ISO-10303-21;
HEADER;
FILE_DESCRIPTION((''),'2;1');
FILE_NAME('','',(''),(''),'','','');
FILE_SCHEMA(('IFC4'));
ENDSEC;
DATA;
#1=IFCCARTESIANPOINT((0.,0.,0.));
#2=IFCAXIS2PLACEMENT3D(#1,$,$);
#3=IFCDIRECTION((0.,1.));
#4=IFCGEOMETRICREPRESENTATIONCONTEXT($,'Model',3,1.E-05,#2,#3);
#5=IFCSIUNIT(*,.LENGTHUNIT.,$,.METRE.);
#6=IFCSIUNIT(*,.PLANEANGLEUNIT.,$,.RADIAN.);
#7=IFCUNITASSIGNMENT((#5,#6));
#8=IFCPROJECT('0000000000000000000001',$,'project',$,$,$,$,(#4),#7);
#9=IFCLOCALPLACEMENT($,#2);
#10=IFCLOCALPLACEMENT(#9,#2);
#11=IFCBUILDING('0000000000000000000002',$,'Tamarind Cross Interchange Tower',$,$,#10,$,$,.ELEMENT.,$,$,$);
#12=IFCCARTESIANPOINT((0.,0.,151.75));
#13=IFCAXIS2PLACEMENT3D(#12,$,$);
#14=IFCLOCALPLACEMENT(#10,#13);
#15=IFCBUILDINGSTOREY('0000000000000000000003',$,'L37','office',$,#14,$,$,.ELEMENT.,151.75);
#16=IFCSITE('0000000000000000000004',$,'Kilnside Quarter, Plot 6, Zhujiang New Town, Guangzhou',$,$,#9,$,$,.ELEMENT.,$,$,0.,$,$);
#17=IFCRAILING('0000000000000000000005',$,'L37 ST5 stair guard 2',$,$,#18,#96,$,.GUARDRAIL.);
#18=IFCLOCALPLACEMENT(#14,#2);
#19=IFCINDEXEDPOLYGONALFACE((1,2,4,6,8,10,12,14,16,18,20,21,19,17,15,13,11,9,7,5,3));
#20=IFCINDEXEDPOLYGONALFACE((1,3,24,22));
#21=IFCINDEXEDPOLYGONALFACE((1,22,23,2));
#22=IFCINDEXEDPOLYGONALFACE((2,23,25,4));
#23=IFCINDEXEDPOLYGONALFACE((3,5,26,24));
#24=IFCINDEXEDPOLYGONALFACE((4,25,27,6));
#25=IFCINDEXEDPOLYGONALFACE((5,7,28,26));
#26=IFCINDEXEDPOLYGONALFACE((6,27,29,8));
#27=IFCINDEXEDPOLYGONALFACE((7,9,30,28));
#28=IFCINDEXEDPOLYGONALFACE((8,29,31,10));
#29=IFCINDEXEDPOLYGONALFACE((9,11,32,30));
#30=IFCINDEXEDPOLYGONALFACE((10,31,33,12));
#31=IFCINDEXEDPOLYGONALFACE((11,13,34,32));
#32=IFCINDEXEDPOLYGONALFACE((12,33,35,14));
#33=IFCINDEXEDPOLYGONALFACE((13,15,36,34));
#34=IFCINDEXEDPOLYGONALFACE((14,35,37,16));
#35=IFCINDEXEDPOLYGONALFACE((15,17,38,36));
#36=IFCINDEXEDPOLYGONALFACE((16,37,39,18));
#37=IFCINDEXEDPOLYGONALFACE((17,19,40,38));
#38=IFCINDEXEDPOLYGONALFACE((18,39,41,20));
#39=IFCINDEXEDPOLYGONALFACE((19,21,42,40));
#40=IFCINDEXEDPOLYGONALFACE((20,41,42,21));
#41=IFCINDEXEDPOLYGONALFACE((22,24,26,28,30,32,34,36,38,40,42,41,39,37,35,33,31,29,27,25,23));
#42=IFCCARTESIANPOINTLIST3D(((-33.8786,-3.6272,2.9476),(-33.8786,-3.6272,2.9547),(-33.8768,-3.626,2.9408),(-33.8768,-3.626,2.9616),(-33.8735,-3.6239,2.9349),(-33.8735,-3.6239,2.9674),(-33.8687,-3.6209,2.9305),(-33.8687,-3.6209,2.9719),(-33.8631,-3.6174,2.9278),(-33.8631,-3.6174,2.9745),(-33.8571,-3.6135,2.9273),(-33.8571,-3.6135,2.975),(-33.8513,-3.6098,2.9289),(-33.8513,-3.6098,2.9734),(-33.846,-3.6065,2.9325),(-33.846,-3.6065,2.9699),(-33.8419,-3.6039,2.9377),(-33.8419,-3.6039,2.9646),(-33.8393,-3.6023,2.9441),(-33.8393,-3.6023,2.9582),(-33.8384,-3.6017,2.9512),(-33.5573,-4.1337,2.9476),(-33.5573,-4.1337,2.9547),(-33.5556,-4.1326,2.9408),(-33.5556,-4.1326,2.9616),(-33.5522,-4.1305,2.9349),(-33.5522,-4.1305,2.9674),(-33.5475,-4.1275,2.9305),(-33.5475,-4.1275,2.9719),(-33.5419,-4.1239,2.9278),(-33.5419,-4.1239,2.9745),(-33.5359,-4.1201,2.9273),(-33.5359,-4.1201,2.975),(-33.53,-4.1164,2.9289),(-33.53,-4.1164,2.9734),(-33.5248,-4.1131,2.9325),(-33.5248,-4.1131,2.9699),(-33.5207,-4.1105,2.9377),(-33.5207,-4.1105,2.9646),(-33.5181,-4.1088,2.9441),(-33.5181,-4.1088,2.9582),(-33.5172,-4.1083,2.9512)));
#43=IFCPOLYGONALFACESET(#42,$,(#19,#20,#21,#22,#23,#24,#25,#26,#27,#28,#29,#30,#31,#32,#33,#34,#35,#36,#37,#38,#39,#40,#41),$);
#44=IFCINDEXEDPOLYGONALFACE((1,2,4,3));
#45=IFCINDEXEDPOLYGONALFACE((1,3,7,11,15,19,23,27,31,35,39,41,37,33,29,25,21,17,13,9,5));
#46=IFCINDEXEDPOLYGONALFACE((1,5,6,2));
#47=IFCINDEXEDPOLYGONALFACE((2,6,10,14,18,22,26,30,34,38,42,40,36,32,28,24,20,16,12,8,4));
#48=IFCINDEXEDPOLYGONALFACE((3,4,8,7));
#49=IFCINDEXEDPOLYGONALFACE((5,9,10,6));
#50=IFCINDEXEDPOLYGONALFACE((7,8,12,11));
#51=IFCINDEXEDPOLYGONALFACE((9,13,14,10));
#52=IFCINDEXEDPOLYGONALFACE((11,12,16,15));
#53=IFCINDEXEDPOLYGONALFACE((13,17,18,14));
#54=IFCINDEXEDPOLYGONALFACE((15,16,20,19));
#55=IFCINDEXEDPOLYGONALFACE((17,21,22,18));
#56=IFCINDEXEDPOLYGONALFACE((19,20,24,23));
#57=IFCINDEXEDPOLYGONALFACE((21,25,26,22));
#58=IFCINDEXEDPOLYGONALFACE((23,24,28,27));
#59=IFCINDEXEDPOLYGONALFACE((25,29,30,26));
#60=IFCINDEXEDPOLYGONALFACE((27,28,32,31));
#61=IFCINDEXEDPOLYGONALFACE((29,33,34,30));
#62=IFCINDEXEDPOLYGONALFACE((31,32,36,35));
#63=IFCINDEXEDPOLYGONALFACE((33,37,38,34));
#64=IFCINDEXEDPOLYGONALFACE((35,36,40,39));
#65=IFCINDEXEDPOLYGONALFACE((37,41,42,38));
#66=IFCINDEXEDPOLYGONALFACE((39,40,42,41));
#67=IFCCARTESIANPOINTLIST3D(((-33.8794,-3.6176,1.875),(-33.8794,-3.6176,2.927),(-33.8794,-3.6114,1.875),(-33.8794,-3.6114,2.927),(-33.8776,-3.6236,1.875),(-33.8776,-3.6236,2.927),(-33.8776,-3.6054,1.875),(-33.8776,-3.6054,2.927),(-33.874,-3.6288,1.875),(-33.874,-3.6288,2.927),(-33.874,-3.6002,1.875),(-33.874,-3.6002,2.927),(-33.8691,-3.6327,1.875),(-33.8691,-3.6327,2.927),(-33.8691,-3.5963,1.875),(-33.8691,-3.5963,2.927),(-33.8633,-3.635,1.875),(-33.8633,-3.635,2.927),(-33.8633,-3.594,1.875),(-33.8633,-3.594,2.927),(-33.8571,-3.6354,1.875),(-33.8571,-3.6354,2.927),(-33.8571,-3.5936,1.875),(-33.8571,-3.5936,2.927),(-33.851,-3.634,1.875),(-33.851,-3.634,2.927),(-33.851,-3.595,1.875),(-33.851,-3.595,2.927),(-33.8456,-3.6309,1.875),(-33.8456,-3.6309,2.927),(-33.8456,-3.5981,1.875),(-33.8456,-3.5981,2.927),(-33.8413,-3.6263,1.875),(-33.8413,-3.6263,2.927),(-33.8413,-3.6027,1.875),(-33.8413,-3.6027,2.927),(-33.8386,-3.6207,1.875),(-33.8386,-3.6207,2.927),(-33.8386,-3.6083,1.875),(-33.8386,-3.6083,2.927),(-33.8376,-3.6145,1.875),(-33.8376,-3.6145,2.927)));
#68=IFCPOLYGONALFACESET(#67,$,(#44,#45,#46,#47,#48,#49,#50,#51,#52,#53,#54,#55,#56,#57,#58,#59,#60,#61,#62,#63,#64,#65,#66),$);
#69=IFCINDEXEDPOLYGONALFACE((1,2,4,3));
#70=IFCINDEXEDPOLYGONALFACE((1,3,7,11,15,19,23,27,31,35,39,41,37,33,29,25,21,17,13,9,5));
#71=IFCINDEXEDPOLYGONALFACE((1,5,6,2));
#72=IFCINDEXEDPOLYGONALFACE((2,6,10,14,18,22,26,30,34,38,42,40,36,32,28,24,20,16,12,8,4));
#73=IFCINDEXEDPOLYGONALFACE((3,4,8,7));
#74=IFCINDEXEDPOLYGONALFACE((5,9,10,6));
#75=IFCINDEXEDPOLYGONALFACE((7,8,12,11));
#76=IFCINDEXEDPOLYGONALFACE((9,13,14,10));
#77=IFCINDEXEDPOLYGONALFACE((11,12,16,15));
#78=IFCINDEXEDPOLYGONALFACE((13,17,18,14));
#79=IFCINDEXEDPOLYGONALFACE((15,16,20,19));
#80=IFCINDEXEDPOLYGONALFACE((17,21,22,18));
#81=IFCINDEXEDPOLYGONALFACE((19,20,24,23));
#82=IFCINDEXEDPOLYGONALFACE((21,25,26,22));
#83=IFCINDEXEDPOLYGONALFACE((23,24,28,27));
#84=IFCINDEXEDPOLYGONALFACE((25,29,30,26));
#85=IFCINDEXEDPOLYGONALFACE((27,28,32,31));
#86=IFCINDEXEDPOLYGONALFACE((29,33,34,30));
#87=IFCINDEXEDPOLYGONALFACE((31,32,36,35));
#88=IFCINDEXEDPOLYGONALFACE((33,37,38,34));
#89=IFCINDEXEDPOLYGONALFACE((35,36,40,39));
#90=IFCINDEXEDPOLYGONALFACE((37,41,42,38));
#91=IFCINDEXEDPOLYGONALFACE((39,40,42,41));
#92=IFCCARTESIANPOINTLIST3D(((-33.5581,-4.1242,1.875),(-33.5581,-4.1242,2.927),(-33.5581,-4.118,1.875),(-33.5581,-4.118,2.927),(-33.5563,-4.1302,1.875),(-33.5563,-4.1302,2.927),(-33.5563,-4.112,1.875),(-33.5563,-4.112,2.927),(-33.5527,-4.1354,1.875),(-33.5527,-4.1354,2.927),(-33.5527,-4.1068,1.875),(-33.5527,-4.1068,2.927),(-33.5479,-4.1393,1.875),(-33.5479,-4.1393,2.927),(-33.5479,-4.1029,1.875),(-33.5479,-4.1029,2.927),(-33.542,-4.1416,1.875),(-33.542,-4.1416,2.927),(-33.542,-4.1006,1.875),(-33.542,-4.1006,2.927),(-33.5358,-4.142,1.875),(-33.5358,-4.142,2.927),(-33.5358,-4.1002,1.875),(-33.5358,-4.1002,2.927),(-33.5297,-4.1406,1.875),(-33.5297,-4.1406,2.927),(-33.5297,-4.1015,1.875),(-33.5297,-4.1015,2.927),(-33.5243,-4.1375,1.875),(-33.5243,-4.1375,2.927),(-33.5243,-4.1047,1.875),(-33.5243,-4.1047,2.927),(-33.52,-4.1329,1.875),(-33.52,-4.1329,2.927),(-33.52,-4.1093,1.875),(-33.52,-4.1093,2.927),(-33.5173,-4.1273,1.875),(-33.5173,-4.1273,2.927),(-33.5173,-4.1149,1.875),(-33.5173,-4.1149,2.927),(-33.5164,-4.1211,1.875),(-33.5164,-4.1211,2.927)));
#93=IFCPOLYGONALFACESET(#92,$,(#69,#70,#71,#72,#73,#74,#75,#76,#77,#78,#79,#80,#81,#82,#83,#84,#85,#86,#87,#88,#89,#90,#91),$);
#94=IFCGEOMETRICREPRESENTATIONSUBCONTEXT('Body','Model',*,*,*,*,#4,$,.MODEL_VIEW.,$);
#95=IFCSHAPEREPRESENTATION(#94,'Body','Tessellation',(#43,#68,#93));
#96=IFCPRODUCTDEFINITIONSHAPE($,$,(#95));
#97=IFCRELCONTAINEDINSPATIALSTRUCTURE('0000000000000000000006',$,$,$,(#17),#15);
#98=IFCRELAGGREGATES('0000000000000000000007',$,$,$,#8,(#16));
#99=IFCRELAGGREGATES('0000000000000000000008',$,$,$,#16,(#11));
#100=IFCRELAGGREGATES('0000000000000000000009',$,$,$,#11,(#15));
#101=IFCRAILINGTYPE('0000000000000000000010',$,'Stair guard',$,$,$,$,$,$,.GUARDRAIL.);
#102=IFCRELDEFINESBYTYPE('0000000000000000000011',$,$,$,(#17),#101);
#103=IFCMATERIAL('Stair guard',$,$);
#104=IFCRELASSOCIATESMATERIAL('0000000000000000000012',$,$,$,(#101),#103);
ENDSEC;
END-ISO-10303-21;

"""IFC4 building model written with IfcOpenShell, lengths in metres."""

from ifc_helpers import new_model, si_unit, direction, frame, origin, origin_2d, place, context, subcontext, project, spatial, circle, extrude, material, type_object, element, save


model = new_model("IFC4")

# Units and contexts
model_context = context("Model", 3, precision=1e-05, world=origin(), true_north=direction((0.0, 1.0)))
body_context = subcontext(model_context, "Body", "Model", "MODEL_VIEW")
ifc_project = project(units=[si_unit("LENGTHUNIT", "METRE"), si_unit("PLANEANGLEUNIT", "RADIAN")], contexts=[model_context])

# Site, building, storey
site_placement = place(None, origin())
site = spatial("IfcSite", under=ifc_project, at=site_placement, Name="Kilnside Quarter, Plot 6, Zhujiang New Town, Guangzhou", CompositionType="ELEMENT", RefElevation=0.0)
building_placement = place(site_placement, origin())
building = spatial("IfcBuilding", under=site, at=building_placement, Name="Tamarind Cross Interchange Tower", CompositionType="ELEMENT")
storey_placement = place(building_placement, frame((0.0, 0.0, 151.75)))
storey = spatial("IfcBuildingStorey", under=building, at=storey_placement, Name="L37", Description="office", CompositionType="ELEMENT", Elevation=151.75)

# Railing
ifc_material_1 = material(Name="Stair guard")
railing_type_1 = type_object("IfcRailingType", Name="Stair guard", PredefinedType="GUARDRAIL", material=ifc_material_1)
railing_1_placement = place(storey_placement, frame((-33.8586, -3.6145, 1.875)))
element("IfcRailing", 1, at=railing_1_placement, inside=storey, type_object=railing_type_1, Name="L37 ST5 stair guard 2", PredefinedType="GUARDRAIL", context=body_context, shape_type="SweptSolid", body=[
    extrude(circle(Radius=0.0239, at=origin_2d()), frame((0.0, 0.0, 1.0762), z_axis=(0.535585, -0.844482, 0.0), x_axis=(0.844482, 0.535585, 0.0)), (0.0, 0.0, 1.0), 0.5999),
    extrude(circle(Radius=0.021, at=origin_2d()), origin(), (0.0, 0.0, 1.0), 1.052),
    extrude(circle(Radius=0.021, at=origin_2d()), frame((0.3213, -0.5066, 0.0)), (0.0, 0.0, 1.0), 1.052),
])

save(model, "model.ifc")
